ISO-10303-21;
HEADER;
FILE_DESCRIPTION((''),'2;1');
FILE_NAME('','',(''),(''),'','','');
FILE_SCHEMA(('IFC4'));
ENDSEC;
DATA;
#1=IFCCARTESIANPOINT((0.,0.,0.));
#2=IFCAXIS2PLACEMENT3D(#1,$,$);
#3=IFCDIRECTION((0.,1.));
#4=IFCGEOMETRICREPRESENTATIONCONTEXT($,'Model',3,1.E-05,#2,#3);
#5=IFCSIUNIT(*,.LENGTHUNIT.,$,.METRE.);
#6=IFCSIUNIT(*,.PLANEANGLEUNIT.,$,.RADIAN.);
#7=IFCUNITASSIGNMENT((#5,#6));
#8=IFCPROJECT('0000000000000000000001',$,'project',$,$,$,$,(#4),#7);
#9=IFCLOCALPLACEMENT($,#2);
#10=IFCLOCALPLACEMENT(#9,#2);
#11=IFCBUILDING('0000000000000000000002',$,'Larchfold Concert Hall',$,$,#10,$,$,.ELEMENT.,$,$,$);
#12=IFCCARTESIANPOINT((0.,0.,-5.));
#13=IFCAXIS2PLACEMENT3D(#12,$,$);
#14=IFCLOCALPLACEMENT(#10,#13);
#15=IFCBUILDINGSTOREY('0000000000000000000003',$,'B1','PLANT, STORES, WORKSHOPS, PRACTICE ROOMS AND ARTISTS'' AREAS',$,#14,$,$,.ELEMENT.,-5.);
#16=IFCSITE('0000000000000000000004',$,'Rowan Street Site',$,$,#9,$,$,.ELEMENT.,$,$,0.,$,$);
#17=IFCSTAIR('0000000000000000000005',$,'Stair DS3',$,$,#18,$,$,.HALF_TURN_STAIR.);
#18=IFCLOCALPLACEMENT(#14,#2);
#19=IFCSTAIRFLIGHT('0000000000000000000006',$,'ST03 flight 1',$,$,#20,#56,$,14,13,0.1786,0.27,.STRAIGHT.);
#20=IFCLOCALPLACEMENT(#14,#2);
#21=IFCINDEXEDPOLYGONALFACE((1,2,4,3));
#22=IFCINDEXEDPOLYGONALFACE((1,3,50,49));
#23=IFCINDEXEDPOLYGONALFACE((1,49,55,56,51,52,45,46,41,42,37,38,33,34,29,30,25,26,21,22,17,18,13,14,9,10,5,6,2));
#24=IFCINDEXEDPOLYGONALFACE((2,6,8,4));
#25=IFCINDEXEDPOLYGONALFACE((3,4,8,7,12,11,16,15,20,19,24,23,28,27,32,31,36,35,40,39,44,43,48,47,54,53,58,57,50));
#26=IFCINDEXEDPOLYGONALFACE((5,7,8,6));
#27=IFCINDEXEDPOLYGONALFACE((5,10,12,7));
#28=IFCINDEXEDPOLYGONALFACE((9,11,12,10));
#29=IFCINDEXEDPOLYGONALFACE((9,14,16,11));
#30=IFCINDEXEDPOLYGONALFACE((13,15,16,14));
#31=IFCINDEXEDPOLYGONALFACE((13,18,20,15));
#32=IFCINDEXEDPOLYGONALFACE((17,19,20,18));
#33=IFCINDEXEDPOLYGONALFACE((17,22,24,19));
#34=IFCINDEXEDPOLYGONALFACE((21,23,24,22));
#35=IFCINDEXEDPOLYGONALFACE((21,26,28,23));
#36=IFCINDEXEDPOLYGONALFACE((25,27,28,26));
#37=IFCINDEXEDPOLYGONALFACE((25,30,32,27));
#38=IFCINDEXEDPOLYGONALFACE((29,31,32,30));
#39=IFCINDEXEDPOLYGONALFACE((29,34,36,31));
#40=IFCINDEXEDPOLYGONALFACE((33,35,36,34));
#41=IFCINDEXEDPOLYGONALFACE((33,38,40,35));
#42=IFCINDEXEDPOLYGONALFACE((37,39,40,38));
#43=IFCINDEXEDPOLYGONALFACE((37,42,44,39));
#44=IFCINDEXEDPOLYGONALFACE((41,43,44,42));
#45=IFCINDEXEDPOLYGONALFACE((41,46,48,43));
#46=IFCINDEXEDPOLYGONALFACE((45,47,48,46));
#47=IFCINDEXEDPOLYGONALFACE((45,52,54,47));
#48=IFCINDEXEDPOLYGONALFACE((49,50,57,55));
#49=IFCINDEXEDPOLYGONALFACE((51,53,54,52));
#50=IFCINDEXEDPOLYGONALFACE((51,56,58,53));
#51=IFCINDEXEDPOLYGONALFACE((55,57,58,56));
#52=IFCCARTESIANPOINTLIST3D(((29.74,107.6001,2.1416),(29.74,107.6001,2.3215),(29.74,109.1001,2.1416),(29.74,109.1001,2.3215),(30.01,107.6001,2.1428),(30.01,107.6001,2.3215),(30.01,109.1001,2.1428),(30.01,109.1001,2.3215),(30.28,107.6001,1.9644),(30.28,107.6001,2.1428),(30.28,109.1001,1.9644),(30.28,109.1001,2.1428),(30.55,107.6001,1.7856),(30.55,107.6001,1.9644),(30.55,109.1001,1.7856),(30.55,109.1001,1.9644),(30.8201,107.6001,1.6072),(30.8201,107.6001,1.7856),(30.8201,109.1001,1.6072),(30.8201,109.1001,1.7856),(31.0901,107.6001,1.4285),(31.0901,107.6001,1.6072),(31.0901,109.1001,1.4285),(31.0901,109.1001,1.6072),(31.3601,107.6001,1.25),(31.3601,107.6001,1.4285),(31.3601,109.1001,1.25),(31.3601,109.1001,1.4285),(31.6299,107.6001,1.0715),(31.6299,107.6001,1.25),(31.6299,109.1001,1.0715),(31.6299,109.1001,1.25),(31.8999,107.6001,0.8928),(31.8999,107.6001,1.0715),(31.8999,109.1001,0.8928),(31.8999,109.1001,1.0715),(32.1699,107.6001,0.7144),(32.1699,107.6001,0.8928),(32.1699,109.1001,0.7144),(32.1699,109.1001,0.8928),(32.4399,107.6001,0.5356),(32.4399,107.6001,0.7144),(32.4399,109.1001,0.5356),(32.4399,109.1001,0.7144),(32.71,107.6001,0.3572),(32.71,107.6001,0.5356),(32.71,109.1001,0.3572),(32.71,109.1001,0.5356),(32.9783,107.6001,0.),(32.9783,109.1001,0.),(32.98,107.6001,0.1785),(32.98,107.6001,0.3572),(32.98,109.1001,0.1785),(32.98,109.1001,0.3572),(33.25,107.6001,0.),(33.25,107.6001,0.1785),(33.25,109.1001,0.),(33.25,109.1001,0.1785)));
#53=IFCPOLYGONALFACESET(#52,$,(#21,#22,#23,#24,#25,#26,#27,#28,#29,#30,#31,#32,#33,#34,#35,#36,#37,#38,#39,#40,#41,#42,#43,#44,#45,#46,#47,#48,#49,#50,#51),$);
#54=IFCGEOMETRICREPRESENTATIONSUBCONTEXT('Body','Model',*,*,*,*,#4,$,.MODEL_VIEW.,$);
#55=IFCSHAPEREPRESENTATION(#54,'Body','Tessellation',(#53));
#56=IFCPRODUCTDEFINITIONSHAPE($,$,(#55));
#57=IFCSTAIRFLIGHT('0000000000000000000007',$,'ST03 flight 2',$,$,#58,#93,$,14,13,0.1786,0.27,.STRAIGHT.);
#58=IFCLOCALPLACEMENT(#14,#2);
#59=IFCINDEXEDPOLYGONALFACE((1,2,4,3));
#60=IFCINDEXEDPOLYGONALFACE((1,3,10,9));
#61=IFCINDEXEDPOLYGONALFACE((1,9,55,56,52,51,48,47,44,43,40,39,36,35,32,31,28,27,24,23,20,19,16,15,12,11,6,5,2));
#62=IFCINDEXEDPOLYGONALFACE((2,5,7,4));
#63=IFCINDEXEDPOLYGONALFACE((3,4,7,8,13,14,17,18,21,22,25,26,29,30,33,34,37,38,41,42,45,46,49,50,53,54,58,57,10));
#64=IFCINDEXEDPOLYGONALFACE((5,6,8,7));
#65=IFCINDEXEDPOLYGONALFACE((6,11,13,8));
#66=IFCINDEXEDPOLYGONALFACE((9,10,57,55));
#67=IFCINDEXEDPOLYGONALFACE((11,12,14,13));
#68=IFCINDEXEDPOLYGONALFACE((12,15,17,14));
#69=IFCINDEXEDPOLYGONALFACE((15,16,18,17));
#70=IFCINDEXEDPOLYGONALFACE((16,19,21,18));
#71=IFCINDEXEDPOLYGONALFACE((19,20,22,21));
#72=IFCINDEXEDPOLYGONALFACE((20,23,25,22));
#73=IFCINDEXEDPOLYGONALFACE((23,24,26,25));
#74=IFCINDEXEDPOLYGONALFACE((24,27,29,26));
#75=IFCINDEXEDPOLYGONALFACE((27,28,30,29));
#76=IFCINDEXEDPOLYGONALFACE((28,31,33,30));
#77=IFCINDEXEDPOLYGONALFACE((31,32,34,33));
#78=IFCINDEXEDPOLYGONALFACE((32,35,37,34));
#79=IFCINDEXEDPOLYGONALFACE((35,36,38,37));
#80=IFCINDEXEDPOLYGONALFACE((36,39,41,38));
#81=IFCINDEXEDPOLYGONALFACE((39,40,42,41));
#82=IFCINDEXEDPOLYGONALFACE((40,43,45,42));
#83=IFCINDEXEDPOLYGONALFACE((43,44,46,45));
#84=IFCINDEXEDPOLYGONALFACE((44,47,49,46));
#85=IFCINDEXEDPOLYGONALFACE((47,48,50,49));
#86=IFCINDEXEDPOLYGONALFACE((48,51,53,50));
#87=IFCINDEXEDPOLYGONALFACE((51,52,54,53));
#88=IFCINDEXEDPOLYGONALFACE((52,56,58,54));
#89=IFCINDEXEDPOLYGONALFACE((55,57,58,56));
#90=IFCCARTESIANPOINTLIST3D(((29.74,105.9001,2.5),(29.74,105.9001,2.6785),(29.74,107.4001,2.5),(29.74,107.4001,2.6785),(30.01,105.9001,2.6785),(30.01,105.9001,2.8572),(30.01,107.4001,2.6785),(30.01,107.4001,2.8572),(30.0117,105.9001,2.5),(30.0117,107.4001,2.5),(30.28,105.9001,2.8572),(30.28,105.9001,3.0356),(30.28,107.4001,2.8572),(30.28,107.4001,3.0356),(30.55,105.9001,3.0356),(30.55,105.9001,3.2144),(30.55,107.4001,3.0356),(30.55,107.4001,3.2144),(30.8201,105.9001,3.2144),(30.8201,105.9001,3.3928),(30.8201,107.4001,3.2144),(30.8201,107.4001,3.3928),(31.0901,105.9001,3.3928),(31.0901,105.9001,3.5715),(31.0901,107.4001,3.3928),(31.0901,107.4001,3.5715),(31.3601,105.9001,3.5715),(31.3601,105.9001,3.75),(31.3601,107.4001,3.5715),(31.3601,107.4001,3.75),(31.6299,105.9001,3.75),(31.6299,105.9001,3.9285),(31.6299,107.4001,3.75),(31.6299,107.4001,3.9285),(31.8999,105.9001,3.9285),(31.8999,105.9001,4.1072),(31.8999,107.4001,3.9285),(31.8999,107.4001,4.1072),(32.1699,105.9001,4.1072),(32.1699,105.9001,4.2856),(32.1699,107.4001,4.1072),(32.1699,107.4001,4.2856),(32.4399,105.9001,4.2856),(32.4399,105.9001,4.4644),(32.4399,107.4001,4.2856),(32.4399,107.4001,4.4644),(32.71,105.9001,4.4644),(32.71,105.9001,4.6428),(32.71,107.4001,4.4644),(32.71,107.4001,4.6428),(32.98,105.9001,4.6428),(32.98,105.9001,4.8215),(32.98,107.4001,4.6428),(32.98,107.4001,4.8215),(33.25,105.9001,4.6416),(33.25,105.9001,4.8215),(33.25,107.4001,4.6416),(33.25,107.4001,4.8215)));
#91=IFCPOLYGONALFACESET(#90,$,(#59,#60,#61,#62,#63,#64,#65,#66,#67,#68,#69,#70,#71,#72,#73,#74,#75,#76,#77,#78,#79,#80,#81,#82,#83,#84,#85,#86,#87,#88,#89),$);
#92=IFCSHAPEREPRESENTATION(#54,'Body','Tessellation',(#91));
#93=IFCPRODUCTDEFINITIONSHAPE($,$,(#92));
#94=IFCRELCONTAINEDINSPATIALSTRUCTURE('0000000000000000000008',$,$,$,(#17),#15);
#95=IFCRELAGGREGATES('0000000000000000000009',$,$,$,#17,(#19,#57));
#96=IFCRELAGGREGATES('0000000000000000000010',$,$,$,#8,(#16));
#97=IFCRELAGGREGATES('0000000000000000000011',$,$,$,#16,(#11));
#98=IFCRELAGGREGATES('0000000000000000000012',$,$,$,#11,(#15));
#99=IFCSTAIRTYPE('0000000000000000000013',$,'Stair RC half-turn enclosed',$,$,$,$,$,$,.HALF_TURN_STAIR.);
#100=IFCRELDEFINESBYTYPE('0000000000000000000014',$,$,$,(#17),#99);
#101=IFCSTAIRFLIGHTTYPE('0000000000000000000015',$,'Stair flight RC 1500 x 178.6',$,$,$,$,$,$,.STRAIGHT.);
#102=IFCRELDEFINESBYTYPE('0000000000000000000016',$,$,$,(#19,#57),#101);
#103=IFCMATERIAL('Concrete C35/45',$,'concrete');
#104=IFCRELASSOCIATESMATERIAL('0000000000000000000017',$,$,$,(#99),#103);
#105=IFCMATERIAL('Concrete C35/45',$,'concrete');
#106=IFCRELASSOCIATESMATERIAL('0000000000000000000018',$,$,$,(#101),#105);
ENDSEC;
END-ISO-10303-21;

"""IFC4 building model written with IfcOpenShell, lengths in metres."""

from ifc_helpers import new_model, si_unit, direction, frame, origin, place, context, subcontext, project, spatial, polyline, outline, extrude, material, type_object, element, aggregate, save


model = new_model("IFC4")

# Units and contexts
model_context = context("Model", 3, precision=1e-05, world=origin(), true_north=direction((0.0, 1.0)))
body_context = subcontext(model_context, "Body", "Model", "MODEL_VIEW")
ifc_project = project(units=[si_unit("LENGTHUNIT", "METRE"), si_unit("PLANEANGLEUNIT", "RADIAN")], contexts=[model_context])

# Site, building, storey
site_placement = place(None, origin())
site = spatial("IfcSite", under=ifc_project, at=site_placement, Name="Rowan Street Site", CompositionType="ELEMENT", RefElevation=0.0)
building_placement = place(site_placement, origin())
building = spatial("IfcBuilding", under=site, at=building_placement, Name="Larchfold Concert Hall", CompositionType="ELEMENT")
storey_placement = place(building_placement, frame((0.0, 0.0, -5.0)))
storey = spatial("IfcBuildingStorey", under=building, at=storey_placement, Name="B1", Description="PLANT, STORES, WORKSHOPS, PRACTICE ROOMS AND ARTISTS' AREAS", CompositionType="ELEMENT", Elevation=-5.0)

# Stair, stair flights
ifc_material_1 = material(Name="Concrete C35/45", Category="concrete")
stair_type = type_object("IfcStairType", Name="Stair RC half-turn enclosed", PredefinedType="HALF_TURN_STAIR", material=ifc_material_1)
stair_placement = place(storey_placement, origin())
stair = element("IfcStair", 1, at=stair_placement, inside=storey, type_object=stair_type, Name="Stair DS3", PredefinedType="HALF_TURN_STAIR")
ifc_material_2 = material(Name="Concrete C35/45", Category="concrete")
stair_flight_type = type_object("IfcStairFlightType", Name="Stair flight RC 1500 x 178.6", PredefinedType="STRAIGHT", material=ifc_material_2)
stair_flight_1_placement = place(storey_placement, frame((33.25, 108.3501, 0.0), z_axis=(0.0, 0.0, 1.0), x_axis=(-1.0, 0.0, 0.0)))
stair_flight_1 = element("IfcStairFlight", 2, at=stair_flight_1_placement, type_object=stair_flight_type, Name="ST03 flight 1", NumberOfRisers=14, NumberOfTreads=13, PredefinedType="STRAIGHT", RiserHeight=0.1786, TreadLength=0.27, context=body_context, shape_type="SweptSolid", body=[
    extrude(outline(polyline([(0.0, 0.0), (0.0, 0.1785), (0.27, 0.1785), (0.27, 0.3572), (0.54, 0.3572), (0.54, 0.5356), (0.8101, 0.5356), (0.8101, 0.7144), (1.0801, 0.7144), (1.0801, 0.8928), (1.3501, 0.8928), (1.3501, 1.0715), (1.6201, 1.0715), (1.6201, 1.25), (1.8899, 1.25), (1.8899, 1.4285), (2.1599, 1.4285), (2.1599, 1.6072), (2.4299, 1.6072), (2.4299, 1.7856), (2.7, 1.7856), (2.7, 1.9644), (2.97, 1.9644), (2.97, 2.1428), (3.24, 2.1428), (3.24, 2.3215), (3.51, 2.3215), (3.51, 2.5), (3.51, 2.1416), (0.2717, 0.0), (0.0, 0.0)])), frame((0.0, 0.75, 0.0), z_axis=(0.0, -1.0, 0.0), x_axis=(1.0, 0.0, 0.0)), (0.0, 0.0, 1.0), 1.5),
])
stair_flight_2_placement = place(storey_placement, frame((29.74, 106.6501, 2.5), z_axis=(0.0, 0.0, 1.0), x_axis=(1.0, 0.0, 0.0)))
stair_flight_2 = element("IfcStairFlight", 3, at=stair_flight_2_placement, type_object=stair_flight_type, Name="ST03 flight 2", NumberOfRisers=14, NumberOfTreads=13, PredefinedType="STRAIGHT", RiserHeight=0.1786, TreadLength=0.27, context=body_context, shape_type="SweptSolid", body=[
    extrude(outline(polyline([(0.0, 0.0), (0.0, 0.1785), (0.27, 0.1785), (0.27, 0.3572), (0.54, 0.3572), (0.54, 0.5356), (0.8101, 0.5356), (0.8101, 0.7144), (1.0801, 0.7144), (1.0801, 0.8928), (1.3501, 0.8928), (1.3501, 1.0715), (1.6201, 1.0715), (1.6201, 1.25), (1.8899, 1.25), (1.8899, 1.4285), (2.1599, 1.4285), (2.1599, 1.6072), (2.4299, 1.6072), (2.4299, 1.7856), (2.7, 1.7856), (2.7, 1.9644), (2.97, 1.9644), (2.97, 2.1428), (3.24, 2.1428), (3.24, 2.3215), (3.51, 2.3215), (3.51, 2.5), (3.51, 2.1416), (0.2717, 0.0), (0.0, 0.0)])), frame((0.0, 0.75, 0.0), z_axis=(0.0, -1.0, 0.0), x_axis=(1.0, 0.0, 0.0)), (0.0, 0.0, 1.0), 1.5),
])
aggregate(stair, [stair_flight_1, stair_flight_2])

save(model, "model.ifc")
